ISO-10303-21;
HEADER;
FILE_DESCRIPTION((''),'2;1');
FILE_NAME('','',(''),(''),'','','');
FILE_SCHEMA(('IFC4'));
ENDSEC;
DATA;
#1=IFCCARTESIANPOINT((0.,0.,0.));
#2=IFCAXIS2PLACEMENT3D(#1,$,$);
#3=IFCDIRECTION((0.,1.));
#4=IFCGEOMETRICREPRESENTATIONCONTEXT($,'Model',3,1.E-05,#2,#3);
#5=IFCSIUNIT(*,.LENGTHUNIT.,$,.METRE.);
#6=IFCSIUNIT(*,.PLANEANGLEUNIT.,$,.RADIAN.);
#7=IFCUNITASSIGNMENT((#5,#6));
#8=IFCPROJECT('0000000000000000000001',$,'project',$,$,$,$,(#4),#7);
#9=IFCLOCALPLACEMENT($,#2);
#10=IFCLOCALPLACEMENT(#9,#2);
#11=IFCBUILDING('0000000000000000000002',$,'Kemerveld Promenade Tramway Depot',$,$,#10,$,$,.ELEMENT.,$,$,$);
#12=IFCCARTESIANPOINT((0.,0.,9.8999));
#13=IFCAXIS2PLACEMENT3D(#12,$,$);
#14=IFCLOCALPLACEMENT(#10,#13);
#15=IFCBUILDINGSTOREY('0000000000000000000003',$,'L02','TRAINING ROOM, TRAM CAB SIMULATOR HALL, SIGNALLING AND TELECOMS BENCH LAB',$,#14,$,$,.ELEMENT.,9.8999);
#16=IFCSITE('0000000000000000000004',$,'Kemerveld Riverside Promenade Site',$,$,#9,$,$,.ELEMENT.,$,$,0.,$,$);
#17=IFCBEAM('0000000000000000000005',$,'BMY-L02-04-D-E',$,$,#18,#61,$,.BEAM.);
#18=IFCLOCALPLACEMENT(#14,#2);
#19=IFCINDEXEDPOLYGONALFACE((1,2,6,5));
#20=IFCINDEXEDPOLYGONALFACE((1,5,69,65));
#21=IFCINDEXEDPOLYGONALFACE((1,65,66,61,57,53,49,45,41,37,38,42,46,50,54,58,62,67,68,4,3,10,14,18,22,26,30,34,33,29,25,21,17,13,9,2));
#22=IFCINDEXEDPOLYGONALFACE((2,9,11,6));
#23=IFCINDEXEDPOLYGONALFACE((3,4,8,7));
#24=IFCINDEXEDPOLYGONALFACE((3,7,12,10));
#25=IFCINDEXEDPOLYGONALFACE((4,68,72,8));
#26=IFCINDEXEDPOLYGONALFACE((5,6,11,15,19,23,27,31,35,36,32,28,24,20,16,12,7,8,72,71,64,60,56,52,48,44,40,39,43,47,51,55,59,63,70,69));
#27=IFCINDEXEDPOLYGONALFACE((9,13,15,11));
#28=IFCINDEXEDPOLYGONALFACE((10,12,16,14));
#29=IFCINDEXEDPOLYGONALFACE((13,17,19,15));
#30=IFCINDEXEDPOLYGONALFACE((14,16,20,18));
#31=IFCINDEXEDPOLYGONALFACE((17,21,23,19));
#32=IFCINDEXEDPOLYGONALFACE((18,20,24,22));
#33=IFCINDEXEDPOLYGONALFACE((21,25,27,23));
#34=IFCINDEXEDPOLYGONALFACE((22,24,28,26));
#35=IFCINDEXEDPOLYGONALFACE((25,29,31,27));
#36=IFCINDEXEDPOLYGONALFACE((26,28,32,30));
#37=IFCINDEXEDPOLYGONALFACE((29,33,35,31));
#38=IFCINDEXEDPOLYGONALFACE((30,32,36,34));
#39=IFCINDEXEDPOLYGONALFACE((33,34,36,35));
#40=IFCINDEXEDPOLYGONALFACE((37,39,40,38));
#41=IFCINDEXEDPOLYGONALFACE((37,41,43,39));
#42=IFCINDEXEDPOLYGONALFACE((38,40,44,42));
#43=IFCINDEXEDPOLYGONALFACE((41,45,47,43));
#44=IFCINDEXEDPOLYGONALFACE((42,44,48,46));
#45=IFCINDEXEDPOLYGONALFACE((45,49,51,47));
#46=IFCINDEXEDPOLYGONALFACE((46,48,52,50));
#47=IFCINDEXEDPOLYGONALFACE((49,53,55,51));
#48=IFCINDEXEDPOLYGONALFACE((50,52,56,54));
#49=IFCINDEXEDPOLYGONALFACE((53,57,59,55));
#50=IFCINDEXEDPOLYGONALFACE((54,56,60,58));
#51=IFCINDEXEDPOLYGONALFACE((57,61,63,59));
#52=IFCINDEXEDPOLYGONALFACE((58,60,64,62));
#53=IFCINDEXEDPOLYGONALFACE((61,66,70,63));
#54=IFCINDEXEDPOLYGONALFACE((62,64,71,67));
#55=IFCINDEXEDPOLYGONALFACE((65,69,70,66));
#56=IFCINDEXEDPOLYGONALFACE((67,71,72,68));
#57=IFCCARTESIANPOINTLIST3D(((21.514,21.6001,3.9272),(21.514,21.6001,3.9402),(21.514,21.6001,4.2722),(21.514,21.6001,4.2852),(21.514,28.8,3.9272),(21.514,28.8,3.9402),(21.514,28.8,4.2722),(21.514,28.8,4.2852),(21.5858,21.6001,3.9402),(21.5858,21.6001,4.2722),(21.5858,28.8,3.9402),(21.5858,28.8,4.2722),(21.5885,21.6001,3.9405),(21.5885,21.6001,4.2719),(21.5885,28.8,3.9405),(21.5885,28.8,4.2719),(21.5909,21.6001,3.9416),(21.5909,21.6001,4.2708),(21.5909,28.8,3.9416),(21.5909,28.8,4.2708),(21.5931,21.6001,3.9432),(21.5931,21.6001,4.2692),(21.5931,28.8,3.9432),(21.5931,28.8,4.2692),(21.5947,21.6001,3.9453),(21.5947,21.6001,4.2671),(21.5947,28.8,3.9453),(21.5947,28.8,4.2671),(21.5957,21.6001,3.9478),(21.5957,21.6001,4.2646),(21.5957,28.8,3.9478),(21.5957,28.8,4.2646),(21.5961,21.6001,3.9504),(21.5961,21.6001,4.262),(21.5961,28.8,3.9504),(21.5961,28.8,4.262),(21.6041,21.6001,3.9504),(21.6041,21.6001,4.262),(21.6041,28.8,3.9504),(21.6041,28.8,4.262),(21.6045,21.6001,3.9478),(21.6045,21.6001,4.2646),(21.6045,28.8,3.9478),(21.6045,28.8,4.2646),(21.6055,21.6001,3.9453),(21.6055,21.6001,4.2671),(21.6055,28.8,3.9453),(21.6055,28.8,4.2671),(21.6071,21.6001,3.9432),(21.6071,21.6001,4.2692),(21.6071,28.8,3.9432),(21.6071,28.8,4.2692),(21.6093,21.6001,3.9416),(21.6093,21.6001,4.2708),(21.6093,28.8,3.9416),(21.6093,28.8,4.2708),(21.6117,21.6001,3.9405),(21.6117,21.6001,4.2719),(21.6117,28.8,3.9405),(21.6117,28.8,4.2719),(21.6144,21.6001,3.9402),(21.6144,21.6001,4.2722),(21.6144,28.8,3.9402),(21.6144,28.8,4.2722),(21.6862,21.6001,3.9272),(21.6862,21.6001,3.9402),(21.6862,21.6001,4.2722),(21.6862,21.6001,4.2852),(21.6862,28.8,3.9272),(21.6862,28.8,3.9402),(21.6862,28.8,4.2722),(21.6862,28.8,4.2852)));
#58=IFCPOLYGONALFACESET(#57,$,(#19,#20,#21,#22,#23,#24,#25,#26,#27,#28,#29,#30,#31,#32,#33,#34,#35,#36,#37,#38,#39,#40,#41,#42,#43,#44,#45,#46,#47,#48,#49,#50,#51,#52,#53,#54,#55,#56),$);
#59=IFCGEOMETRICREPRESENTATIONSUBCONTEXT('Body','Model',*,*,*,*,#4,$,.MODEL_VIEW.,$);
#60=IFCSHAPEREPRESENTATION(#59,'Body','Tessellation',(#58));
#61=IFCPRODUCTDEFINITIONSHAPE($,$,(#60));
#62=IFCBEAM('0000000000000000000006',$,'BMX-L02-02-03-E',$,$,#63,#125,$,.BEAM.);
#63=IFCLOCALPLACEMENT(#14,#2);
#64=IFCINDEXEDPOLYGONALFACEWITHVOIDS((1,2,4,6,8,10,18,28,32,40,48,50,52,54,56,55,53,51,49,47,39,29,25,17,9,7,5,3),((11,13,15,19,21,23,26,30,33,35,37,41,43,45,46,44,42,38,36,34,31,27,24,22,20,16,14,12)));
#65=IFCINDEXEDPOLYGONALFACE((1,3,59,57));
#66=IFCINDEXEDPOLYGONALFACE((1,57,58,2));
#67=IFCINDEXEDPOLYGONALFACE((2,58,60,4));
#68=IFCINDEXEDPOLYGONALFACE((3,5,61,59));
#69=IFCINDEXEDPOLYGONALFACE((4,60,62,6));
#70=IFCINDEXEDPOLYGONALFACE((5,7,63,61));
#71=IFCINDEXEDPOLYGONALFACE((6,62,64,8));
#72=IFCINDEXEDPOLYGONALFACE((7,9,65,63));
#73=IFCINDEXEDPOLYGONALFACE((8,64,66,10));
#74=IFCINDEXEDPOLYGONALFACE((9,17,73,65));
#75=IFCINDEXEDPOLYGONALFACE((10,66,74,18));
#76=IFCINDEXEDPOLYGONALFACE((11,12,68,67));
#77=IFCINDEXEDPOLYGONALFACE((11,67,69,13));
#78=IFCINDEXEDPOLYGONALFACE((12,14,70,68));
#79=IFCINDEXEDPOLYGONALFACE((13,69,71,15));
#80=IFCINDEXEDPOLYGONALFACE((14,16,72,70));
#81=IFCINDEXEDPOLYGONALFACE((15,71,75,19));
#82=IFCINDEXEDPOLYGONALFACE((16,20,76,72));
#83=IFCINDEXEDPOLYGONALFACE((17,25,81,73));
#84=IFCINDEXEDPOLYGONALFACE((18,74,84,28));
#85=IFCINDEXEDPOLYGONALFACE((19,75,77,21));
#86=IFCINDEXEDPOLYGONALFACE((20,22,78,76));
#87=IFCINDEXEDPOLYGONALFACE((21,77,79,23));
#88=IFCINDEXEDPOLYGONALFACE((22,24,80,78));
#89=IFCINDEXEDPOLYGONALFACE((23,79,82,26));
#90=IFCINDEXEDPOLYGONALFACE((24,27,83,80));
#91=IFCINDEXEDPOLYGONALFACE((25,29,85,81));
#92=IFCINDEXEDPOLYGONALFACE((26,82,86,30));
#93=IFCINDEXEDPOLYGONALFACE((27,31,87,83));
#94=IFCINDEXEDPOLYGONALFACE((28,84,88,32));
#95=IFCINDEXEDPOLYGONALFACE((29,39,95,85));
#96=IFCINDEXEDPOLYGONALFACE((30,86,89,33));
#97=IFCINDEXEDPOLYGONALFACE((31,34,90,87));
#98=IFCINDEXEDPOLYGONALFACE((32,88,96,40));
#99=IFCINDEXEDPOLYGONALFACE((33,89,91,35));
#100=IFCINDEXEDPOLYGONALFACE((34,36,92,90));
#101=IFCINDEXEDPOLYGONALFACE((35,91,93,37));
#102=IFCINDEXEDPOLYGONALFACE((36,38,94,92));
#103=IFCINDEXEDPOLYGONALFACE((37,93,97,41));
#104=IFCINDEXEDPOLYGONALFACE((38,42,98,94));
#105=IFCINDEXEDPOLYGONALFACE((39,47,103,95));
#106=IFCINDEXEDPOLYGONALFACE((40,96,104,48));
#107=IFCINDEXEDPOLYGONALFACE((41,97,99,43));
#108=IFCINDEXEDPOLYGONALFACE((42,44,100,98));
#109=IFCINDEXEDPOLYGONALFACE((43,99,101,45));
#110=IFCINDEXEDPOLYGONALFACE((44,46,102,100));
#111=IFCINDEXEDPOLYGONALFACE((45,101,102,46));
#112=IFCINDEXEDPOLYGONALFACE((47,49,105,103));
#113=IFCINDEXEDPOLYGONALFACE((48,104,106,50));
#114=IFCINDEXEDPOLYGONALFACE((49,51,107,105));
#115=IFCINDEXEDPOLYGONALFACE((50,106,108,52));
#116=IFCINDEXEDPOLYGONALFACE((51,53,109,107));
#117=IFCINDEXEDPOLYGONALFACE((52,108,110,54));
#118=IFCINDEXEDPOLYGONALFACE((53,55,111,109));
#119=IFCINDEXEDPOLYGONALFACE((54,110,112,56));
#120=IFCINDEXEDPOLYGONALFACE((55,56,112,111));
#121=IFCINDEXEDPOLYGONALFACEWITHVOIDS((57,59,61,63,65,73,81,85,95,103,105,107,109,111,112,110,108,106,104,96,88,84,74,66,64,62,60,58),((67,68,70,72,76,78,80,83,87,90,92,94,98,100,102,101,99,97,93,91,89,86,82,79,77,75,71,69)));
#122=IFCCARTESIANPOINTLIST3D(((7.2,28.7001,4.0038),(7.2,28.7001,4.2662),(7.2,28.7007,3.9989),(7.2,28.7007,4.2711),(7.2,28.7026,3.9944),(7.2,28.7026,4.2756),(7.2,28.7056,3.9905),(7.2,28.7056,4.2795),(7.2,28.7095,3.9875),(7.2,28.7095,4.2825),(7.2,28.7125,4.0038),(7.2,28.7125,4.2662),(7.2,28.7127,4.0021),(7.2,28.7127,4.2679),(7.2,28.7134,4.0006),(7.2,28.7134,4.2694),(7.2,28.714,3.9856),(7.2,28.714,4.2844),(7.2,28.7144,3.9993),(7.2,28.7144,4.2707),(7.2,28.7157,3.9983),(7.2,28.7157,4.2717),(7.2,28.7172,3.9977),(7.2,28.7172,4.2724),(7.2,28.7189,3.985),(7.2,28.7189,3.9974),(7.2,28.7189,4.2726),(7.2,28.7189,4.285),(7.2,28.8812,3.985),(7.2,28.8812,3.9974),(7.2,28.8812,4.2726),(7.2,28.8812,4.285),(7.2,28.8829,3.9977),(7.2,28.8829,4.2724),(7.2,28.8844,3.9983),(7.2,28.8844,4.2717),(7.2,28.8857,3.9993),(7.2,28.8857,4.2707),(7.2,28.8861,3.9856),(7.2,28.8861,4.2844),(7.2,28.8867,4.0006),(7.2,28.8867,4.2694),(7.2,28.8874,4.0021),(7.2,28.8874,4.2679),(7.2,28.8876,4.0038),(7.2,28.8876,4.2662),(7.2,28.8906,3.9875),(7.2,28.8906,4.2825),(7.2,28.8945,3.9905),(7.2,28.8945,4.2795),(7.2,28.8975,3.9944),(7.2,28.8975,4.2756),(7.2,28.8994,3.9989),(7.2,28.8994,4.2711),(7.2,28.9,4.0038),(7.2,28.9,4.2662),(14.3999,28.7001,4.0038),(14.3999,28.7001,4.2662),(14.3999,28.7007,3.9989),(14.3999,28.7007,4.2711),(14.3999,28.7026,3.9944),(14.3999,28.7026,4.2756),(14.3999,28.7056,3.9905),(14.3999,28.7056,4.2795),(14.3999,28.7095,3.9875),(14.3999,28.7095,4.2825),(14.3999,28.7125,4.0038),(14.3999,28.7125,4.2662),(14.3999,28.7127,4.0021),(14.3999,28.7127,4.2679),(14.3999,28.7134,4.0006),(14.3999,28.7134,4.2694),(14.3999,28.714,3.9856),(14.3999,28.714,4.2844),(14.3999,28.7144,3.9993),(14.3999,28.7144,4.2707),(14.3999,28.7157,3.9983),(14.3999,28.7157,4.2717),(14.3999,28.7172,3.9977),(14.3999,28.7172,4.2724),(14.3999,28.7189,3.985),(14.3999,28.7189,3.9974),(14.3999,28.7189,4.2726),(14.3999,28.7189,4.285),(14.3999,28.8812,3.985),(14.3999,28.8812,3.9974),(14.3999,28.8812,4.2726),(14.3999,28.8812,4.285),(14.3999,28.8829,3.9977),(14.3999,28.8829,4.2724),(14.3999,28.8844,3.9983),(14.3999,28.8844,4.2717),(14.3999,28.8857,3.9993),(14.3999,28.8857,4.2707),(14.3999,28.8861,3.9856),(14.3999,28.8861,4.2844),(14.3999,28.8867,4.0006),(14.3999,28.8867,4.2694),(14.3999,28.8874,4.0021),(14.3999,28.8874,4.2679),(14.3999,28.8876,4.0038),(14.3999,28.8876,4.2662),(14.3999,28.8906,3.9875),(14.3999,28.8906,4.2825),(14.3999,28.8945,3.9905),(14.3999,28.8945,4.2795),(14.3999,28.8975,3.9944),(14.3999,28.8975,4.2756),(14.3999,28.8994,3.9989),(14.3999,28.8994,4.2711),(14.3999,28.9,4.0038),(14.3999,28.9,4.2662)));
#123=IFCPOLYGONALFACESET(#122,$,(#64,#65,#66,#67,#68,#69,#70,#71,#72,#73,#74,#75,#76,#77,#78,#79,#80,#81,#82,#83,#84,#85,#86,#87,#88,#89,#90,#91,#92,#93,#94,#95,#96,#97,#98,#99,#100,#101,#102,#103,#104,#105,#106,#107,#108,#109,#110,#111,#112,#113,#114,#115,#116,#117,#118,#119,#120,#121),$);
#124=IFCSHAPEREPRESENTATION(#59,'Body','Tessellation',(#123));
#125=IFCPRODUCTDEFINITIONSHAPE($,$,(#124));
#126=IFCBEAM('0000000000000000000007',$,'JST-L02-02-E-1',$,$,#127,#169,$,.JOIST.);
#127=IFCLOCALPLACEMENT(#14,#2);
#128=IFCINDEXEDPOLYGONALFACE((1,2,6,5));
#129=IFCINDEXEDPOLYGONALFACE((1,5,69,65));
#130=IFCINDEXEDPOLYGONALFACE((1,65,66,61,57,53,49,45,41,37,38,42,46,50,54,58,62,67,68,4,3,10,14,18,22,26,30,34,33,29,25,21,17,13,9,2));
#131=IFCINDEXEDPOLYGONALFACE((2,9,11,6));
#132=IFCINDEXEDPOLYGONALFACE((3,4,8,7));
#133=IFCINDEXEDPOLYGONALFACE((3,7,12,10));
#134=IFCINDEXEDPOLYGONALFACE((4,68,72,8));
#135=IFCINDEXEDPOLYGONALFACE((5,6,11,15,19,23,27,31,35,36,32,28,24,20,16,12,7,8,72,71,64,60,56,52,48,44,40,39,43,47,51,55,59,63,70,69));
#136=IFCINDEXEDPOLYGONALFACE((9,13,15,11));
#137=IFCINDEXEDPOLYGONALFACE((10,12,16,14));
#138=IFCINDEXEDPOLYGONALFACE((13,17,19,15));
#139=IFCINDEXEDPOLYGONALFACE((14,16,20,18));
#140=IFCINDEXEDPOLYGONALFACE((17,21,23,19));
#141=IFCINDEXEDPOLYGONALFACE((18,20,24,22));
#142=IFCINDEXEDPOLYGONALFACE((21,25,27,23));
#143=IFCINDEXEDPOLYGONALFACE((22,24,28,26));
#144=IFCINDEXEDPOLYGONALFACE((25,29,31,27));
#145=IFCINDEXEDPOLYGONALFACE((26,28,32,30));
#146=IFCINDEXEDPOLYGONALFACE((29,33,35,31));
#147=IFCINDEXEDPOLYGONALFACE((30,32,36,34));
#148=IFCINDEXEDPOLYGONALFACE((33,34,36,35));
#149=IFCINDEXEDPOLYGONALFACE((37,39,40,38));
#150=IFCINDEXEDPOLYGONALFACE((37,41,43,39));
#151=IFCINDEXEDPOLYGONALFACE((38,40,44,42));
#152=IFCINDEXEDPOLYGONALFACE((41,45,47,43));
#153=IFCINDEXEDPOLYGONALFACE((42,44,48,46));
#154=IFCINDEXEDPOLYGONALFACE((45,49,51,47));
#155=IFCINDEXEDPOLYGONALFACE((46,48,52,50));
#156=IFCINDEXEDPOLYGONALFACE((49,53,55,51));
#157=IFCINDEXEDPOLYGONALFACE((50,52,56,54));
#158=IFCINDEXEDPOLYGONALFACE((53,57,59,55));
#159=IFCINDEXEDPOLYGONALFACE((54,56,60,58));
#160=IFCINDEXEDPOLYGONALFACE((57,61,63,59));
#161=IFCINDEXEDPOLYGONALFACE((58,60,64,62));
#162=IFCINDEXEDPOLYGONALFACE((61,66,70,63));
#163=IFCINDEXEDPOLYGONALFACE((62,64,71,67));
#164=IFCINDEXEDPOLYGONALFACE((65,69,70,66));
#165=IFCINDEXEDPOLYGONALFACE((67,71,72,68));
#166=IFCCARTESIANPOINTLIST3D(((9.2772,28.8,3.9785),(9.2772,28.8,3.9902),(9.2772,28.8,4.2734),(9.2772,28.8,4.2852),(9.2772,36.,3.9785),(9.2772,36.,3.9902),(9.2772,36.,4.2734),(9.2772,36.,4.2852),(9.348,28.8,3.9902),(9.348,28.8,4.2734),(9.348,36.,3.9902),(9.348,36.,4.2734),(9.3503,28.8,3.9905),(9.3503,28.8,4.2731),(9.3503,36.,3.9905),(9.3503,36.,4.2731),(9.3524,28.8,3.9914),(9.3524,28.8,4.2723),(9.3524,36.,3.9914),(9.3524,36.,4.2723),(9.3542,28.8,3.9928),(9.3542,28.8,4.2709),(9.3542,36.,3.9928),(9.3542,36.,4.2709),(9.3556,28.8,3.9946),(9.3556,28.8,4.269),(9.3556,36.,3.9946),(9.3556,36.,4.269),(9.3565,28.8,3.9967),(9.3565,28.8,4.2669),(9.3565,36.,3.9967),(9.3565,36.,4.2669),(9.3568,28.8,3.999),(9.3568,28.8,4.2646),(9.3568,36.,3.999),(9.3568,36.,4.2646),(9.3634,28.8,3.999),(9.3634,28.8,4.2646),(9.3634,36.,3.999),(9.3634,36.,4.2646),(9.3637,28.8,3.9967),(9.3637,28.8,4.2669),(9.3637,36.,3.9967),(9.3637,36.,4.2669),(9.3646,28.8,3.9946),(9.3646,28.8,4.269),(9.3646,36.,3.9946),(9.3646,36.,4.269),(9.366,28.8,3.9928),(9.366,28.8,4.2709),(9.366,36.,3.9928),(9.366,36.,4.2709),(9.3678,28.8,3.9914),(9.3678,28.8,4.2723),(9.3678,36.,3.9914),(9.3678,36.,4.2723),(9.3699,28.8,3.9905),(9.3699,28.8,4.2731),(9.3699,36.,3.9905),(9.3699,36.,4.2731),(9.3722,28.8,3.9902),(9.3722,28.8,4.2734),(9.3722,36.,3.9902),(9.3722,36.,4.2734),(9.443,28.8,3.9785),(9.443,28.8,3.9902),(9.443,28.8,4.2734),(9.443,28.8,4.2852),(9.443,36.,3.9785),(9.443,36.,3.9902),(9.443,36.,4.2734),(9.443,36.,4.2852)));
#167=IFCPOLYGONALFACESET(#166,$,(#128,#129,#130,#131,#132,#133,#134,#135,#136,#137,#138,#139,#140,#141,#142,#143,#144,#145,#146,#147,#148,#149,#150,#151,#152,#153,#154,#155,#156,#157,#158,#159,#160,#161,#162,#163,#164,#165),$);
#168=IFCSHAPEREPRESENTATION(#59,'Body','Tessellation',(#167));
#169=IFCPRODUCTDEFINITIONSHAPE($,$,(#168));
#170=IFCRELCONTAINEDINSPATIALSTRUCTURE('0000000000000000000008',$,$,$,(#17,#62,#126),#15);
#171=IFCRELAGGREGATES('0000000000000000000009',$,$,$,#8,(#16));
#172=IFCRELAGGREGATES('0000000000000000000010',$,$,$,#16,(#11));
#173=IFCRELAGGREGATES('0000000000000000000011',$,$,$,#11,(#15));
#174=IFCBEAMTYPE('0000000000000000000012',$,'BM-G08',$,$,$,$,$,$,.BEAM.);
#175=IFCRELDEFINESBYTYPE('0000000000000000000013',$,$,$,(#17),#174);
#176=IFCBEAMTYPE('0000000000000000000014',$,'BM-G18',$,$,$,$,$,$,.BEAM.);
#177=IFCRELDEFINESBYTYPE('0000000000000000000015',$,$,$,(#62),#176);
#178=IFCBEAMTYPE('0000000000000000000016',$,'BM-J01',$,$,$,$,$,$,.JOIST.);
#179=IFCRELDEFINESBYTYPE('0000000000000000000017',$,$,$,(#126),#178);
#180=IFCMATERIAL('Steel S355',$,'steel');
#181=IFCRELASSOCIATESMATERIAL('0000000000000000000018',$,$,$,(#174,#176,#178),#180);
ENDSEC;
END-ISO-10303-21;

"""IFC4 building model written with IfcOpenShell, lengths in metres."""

from ifc_helpers import new_model, si_unit, direction, frame, origin, origin_2d, place, context, subcontext, project, spatial, hollow_rectangle, i_section, extrude, material, material_profile, profile_set, type_object, element, save


model = new_model("IFC4")

# Units and contexts
model_context = context("Model", 3, precision=1e-05, world=origin(), true_north=direction((0.0, 1.0)))
body_context = subcontext(model_context, "Body", "Model", "MODEL_VIEW")
ifc_project = project(units=[si_unit("LENGTHUNIT", "METRE"), si_unit("PLANEANGLEUNIT", "RADIAN")], contexts=[model_context])

# Site, building, storey
site_placement = place(None, origin())
site = spatial("IfcSite", under=ifc_project, at=site_placement, Name="Kemerveld Riverside Promenade Site", CompositionType="ELEMENT", RefElevation=0.0)
building_placement = place(site_placement, origin())
building = spatial("IfcBuilding", under=site, at=building_placement, Name="Kemerveld Promenade Tramway Depot", CompositionType="ELEMENT")
storey_placement = place(building_placement, frame((0.0, 0.0, 9.8999)))
storey = spatial("IfcBuildingStorey", under=building, at=storey_placement, Name="L02", Description="TRAINING ROOM, TRAM CAB SIMULATOR HALL, SIGNALLING AND TELECOMS BENCH LAB", CompositionType="ELEMENT", Elevation=9.8999)

# Shared definitions
ifc_material_1 = material(Name="Steel S355", Category="steel")

# Beams
ifc_material_profile_1 = material_profile(ifc_material_1, i_section(OverallWidth=0.1721, OverallDepth=0.3579, WebThickness=0.0081, FlangeThickness=0.0129, FilletRadius=0.0103, at=origin_2d()), Name="356x171x57 UB")
ifc_profile_set_1 = profile_set([ifc_material_profile_1], Name="Steel S355")
beam_type_1 = type_object("IfcBeamType", Name="BM-G08", PredefinedType="BEAM", material=ifc_profile_set_1)
beam_1_placement = place(storey_placement, frame((21.6001, 21.6001, 4.1062), z_axis=(0.0, 1.0, 0.0), x_axis=(-1.0, 0.0, 0.0)))
element("IfcBeam", 1, at=beam_1_placement, inside=storey, type_object=beam_type_1, Name="BMY-L02-04-D-E", PredefinedType="BEAM", context=body_context, shape_type="SweptSolid", body=[
    extrude(i_section(OverallWidth=0.1721, OverallDepth=0.3579, WebThickness=0.0081, FlangeThickness=0.0129, FilletRadius=0.0103, at=origin_2d()), origin(), (0.0, 0.0, 1.0), 7.2),
])
ifc_material_profile_2 = material_profile(ifc_material_1, hollow_rectangle(XDim=0.2, YDim=0.3, WallThickness=0.0125, InnerFilletRadius=0.0063, OuterFilletRadius=0.0188, at=origin_2d()), Name="300x200x12.5 RHS")
ifc_profile_set_2 = profile_set([ifc_material_profile_2], Name="Steel S355")
beam_type_2 = type_object("IfcBeamType", Name="BM-G18", PredefinedType="BEAM", material=ifc_profile_set_2)
beam_2_placement = place(storey_placement, frame((7.2, 28.8, 4.135), z_axis=(1.0, 0.0, 0.0), x_axis=(0.0, 1.0, 0.0)))
element("IfcBeam", 2, at=beam_2_placement, inside=storey, type_object=beam_type_2, Name="BMX-L02-02-03-E", PredefinedType="BEAM", context=body_context, shape_type="SweptSolid", body=[
    extrude(hollow_rectangle(XDim=0.2, YDim=0.3, WallThickness=0.0125, InnerFilletRadius=0.0063, OuterFilletRadius=0.0188, at=origin_2d()), origin(), (0.0, 0.0, 1.0), 7.2),
])
ifc_material_profile_3 = material_profile(ifc_material_1, i_section(OverallWidth=0.1658, OverallDepth=0.3066, WebThickness=0.0066, FlangeThickness=0.0117, FilletRadius=0.0088, at=origin_2d()), Name="305x165x46 UB")
ifc_profile_set_3 = profile_set([ifc_material_profile_3], Name="Steel S355")
beam_type_3 = type_object("IfcBeamType", Name="BM-J01", PredefinedType="JOIST", material=ifc_profile_set_3)
for number, where, z_axis, x_axis, name in (
    (3, (9.3601, 28.8, 4.1318), (0.0, 1.0, 0.0), (-1.0, 0.0, 0.0), "JST-L02-02-E-1"),
):
    element("IfcBeam", number, at=place(storey_placement, frame(where, z_axis=z_axis, x_axis=x_axis)), inside=storey, type_object=beam_type_3, Name=name, PredefinedType="JOIST", context=body_context, shape_type="SweptSolid", body=[
        extrude(i_section(OverallWidth=0.1658, OverallDepth=0.3066, WebThickness=0.0066, FlangeThickness=0.0117, FilletRadius=0.0088, at=origin_2d()), origin(), (0.0, 0.0, 1.0), 7.2),
    ])

save(model, "model.ifc")
